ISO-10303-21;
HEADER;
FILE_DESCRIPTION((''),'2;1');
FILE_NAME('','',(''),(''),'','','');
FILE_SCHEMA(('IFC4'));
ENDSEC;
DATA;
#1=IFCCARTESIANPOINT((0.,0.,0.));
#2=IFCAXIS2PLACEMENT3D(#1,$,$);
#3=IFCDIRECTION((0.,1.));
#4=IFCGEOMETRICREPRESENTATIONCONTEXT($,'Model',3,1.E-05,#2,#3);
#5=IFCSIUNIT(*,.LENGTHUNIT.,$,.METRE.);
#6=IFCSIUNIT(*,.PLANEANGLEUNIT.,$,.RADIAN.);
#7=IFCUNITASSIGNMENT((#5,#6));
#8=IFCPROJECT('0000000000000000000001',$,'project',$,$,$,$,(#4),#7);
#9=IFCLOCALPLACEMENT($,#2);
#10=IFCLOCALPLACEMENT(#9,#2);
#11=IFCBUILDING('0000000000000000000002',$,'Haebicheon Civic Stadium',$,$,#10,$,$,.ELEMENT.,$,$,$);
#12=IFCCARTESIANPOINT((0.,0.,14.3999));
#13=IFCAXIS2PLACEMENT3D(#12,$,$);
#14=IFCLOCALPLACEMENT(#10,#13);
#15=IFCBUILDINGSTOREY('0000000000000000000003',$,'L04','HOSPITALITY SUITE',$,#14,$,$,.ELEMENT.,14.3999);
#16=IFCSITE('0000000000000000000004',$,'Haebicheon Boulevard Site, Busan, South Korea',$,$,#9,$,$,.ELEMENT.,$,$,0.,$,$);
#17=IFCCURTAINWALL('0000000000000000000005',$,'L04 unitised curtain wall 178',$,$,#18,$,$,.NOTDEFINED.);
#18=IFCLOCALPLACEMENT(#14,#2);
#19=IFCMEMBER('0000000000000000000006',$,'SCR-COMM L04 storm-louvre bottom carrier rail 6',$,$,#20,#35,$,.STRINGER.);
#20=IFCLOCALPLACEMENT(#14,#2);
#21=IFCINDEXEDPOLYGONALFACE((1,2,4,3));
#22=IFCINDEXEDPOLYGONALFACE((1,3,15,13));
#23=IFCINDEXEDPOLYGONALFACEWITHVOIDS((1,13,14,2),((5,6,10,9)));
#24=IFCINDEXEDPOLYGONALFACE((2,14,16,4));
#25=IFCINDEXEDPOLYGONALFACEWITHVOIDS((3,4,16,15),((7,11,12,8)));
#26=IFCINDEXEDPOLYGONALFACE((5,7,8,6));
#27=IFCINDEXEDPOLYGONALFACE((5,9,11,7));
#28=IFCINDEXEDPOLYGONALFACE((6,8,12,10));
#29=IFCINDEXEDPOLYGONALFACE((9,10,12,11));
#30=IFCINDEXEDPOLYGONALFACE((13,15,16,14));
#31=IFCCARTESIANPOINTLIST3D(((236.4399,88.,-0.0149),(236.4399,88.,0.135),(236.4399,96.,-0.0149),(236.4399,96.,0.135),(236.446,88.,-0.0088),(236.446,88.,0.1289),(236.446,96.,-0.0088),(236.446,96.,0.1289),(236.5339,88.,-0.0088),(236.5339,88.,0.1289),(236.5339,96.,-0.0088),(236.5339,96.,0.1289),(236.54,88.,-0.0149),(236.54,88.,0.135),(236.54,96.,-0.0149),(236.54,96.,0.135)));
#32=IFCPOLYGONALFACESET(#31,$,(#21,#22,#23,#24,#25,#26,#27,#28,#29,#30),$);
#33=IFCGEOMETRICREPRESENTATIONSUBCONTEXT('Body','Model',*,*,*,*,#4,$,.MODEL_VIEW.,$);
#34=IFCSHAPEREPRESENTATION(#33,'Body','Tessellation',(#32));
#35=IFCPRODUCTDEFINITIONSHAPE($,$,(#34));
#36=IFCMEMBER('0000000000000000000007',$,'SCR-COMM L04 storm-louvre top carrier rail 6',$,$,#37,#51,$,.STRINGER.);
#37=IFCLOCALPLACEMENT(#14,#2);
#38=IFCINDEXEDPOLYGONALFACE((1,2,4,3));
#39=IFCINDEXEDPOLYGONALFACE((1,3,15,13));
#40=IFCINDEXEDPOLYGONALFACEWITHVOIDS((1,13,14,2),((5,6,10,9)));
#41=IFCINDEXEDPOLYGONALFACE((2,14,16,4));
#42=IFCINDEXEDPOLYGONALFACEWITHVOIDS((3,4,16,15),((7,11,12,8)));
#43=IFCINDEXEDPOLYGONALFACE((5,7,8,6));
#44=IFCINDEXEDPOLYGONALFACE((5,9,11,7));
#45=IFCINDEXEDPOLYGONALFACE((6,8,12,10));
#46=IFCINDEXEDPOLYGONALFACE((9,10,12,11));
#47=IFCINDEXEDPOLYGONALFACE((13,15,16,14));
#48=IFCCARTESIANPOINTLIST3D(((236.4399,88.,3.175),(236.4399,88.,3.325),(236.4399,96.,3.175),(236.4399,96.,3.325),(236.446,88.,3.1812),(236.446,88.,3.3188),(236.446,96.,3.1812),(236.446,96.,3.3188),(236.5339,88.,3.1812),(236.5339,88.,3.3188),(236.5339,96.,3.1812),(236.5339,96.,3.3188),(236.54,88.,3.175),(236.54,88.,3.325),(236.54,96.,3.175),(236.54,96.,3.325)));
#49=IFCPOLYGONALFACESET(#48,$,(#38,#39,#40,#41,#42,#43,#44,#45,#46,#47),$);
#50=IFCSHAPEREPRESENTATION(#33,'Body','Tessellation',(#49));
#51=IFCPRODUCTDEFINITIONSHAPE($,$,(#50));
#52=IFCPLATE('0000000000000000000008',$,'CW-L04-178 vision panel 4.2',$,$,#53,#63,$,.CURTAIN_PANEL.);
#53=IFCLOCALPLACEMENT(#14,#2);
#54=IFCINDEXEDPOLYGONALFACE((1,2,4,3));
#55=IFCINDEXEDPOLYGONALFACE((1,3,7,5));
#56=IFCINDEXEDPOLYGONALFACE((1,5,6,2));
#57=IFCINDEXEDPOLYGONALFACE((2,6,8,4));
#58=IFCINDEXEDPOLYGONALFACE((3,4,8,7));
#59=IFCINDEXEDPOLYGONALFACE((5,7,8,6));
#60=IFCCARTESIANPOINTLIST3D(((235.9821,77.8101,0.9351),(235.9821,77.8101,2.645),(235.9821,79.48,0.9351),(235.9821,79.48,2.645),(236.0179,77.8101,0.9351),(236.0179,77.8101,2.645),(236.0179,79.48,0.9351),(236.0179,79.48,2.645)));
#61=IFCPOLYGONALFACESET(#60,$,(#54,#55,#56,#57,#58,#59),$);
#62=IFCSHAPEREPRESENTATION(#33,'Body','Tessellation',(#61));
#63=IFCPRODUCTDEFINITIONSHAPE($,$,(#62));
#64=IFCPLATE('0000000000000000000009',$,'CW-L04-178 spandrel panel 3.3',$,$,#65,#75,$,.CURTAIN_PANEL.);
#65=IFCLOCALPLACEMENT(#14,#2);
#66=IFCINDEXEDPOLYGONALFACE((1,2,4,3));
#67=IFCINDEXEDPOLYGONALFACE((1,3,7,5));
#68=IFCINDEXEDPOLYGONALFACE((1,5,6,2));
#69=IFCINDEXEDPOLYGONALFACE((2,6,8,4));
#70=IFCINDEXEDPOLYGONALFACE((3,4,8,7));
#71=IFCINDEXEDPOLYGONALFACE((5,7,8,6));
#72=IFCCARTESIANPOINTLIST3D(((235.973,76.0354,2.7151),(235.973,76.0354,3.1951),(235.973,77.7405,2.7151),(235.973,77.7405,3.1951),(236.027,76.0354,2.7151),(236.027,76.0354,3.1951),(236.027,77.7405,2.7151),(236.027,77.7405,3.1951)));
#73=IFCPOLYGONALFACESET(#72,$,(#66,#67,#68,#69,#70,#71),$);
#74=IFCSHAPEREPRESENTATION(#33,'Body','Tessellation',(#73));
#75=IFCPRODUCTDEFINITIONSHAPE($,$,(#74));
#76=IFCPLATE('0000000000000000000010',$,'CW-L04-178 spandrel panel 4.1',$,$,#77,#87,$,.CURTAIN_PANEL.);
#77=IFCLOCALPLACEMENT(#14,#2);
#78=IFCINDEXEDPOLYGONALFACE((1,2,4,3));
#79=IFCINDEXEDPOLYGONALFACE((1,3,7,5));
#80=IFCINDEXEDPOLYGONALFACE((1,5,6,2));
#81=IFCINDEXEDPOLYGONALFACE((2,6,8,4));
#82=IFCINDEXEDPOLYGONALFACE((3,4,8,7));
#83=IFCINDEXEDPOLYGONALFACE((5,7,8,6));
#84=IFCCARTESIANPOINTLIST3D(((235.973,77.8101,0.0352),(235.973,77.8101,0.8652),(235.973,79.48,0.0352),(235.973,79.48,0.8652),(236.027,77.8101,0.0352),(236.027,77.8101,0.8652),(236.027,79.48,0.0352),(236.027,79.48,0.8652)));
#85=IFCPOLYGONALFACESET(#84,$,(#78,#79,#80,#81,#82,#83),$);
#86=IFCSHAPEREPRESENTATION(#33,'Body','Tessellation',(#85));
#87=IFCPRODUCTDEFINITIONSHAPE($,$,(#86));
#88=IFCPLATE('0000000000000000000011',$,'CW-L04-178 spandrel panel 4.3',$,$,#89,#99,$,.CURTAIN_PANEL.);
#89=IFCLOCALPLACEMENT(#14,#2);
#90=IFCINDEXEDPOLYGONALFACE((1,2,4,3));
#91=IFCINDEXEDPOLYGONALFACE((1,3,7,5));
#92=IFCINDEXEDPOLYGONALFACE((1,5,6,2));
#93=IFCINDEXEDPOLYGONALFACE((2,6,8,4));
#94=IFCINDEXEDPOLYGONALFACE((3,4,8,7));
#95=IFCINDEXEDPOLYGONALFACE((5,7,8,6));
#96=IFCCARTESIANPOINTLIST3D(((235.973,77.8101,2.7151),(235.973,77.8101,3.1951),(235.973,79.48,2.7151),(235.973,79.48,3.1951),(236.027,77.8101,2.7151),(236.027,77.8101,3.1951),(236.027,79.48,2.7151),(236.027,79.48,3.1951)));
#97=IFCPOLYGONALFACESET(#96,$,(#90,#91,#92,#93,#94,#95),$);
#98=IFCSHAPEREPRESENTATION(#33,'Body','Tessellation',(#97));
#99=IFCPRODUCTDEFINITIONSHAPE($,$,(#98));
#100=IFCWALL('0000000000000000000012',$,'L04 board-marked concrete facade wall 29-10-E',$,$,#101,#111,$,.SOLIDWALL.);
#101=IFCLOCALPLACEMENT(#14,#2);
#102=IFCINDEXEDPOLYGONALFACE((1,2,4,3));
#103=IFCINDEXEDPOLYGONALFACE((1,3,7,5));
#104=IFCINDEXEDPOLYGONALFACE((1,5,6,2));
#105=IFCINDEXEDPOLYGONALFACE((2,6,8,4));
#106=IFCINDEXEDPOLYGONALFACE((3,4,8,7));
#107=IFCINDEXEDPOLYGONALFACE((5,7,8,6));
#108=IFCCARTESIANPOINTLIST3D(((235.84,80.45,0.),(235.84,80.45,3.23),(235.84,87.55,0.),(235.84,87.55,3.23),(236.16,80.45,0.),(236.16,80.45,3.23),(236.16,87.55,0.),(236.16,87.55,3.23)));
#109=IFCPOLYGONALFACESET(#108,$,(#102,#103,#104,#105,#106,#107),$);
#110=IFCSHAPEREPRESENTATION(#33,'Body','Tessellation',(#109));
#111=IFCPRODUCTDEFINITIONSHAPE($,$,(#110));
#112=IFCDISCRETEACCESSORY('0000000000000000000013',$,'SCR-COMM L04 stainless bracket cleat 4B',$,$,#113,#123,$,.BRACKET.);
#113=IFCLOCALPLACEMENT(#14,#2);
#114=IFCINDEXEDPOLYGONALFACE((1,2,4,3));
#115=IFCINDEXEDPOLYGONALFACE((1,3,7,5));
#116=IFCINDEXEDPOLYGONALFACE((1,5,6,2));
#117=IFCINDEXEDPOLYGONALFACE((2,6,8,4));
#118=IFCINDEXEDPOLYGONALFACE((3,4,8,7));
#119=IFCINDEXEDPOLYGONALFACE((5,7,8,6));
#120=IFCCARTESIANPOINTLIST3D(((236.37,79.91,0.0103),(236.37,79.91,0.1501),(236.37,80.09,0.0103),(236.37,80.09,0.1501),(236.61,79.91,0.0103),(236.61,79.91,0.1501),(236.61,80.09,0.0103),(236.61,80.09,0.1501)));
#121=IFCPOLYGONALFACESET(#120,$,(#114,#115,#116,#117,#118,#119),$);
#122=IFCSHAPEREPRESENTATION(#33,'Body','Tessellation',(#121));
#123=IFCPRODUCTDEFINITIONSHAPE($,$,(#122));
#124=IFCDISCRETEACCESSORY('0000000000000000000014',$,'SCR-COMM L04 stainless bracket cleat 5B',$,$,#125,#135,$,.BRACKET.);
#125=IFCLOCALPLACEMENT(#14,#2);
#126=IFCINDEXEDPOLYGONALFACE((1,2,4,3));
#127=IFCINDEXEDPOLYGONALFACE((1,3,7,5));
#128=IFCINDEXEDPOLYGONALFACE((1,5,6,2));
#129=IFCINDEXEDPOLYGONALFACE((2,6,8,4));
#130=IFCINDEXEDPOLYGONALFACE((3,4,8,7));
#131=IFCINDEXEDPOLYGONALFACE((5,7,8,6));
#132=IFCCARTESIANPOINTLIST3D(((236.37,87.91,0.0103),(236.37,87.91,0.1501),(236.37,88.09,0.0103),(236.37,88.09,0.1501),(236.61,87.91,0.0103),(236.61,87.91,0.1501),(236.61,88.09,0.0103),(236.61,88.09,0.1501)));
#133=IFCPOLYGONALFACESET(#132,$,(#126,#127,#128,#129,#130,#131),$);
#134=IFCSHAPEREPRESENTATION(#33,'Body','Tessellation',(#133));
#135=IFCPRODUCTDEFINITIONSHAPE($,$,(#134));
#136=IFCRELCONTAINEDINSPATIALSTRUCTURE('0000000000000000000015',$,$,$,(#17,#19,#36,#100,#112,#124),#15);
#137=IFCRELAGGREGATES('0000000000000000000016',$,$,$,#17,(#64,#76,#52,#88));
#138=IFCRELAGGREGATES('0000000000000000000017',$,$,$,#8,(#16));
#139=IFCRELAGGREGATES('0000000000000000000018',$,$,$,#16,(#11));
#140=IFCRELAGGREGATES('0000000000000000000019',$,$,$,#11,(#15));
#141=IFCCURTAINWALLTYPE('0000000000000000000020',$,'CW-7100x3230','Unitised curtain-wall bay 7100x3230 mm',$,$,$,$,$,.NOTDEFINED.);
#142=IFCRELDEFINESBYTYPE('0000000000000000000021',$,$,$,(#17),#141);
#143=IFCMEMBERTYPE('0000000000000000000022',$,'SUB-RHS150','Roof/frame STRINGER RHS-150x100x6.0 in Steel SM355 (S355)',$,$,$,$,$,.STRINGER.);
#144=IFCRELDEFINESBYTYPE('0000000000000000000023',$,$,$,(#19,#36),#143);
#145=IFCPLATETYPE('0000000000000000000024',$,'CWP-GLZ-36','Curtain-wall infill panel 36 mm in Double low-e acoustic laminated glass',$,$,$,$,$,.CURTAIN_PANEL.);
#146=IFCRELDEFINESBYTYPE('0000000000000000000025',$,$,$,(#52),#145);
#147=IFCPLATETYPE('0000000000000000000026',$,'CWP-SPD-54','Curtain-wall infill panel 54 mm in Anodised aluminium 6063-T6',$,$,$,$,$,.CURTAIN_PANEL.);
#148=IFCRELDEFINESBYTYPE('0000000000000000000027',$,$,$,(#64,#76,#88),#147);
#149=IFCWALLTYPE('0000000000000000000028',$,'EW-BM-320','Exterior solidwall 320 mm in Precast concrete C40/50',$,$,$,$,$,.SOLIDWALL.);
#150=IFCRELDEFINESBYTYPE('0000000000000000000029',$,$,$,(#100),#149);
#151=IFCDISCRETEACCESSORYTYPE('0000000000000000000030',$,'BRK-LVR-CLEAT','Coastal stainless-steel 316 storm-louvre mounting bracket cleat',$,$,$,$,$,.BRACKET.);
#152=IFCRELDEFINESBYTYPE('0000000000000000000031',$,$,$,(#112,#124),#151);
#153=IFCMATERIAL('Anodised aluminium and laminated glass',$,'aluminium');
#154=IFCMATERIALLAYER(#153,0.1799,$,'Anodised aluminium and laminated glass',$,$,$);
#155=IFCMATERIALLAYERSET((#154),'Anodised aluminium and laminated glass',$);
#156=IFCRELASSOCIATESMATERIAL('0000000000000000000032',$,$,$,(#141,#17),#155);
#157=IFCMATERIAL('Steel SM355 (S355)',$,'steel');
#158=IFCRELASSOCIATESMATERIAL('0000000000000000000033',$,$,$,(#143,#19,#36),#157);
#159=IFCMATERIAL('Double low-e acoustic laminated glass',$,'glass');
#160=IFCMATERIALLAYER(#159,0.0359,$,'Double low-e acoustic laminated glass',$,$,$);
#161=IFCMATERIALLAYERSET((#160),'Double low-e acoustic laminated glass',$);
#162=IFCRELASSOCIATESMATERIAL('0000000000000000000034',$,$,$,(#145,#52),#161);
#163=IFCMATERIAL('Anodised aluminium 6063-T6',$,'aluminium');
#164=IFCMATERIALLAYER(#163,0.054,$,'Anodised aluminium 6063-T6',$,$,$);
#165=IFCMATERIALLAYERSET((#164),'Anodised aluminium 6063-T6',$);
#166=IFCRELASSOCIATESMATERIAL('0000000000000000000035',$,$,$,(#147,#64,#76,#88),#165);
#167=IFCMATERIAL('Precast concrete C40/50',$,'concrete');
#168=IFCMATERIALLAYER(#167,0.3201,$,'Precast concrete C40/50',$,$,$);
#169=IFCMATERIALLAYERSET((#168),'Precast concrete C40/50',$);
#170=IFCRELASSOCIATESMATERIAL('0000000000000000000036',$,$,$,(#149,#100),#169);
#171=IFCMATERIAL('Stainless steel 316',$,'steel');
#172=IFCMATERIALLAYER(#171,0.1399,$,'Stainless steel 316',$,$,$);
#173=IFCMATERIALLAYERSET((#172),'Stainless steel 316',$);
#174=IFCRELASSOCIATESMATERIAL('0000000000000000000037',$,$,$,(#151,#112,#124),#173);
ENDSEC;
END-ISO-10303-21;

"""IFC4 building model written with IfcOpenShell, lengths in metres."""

from ifc_helpers import new_model, si_unit, direction, frame, frame_2d, origin, origin_2d, place, context, subcontext, project, spatial, rectangle, hollow_rectangle, extrude, material, layer, layer_set, material_profile, profile_set, type_object, element, aggregate, save


model = new_model("IFC4")

# Units and contexts
model_context = context("Model", 3, precision=1e-05, world=origin(), true_north=direction((0.0, 1.0)))
body_context = subcontext(model_context, "Body", "Model", "MODEL_VIEW")
ifc_project = project(units=[si_unit("LENGTHUNIT", "METRE"), si_unit("PLANEANGLEUNIT", "RADIAN")], contexts=[model_context])

# Site, building, storey
site_placement = place(None, origin())
site = spatial("IfcSite", under=ifc_project, at=site_placement, Name="Haebicheon Boulevard Site, Busan, South Korea", CompositionType="ELEMENT", RefElevation=0.0)
building_placement = place(site_placement, origin())
building = spatial("IfcBuilding", under=site, at=building_placement, Name="Haebicheon Civic Stadium", CompositionType="ELEMENT")
storey_placement = place(building_placement, frame((0.0, 0.0, 14.3999)))
storey = spatial("IfcBuildingStorey", under=building, at=storey_placement, Name="L04", Description="HOSPITALITY SUITE", CompositionType="ELEMENT", Elevation=14.3999)

# Curtain wall
ifc_material_1 = material(Name="Anodised aluminium and laminated glass", Category="aluminium")
ifc_layer_1 = layer(ifc_material_1, 0.1799, Name="Anodised aluminium and laminated glass")
ifc_layer_set_1 = layer_set([ifc_layer_1], Name="Anodised aluminium and laminated glass")
curtain_wall_type = type_object("IfcCurtainWallType", Name="CW-7100x3230", Description="Unitised curtain-wall bay 7100x3230 mm", PredefinedType="NOTDEFINED", material=ifc_layer_set_1)
curtain_wall_placement = place(storey_placement, origin())
curtain_wall = element("IfcCurtainWall", 1, at=curtain_wall_placement, inside=storey, type_object=curtain_wall_type, material=ifc_layer_set_1, Name="L04 unitised curtain wall 178", PredefinedType="NOTDEFINED")

# Members
ifc_material_2 = material(Name="Steel SM355 (S355)", Category="steel")
ifc_material_profile_1 = material_profile(ifc_material_2, hollow_rectangle(XDim=0.1001, YDim=0.1499, WallThickness=0.0061, at=origin_2d()), Name="RHS-150x100x6.0")
ifc_profile_set_1 = profile_set([ifc_material_profile_1], Name="Steel SM355 (S355)")
member_type_1 = type_object("IfcMemberType", Name="SUB-RHS150", Description="Roof/frame STRINGER RHS-150x100x6.0 in Steel SM355 (S355)", PredefinedType="STRINGER", material=ifc_profile_set_1)
for number, where, z_axis, x_axis, name in (
    (2, (236.49, 88.0, 0.0601), (0.0, 1.0, 0.0), (-1.0, 0.0, 0.0), "SCR-COMM L04 storm-louvre bottom carrier rail 6"),
    (3, (236.49, 88.0, 3.25), (0.0, 1.0, 0.0), (-1.0, 0.0, 0.0), "SCR-COMM L04 storm-louvre top carrier rail 6"),
):
    element("IfcMember", number, at=place(storey_placement, frame(where, z_axis=z_axis, x_axis=x_axis)), inside=storey, type_object=member_type_1, material=ifc_profile_set_1, Name=name, PredefinedType="STRINGER", context=body_context, shape_type="SweptSolid", body=[
        extrude(hollow_rectangle(XDim=0.1001, YDim=0.1499, WallThickness=0.0061, at=origin_2d()), origin(), (0.0, 0.0, 1.0), 8.0),
    ])

# Plates
ifc_material_3 = material(Name="Double low-e acoustic laminated glass", Category="glass")
ifc_layer_2 = layer(ifc_material_3, 0.0359, Name="Double low-e acoustic laminated glass")
ifc_layer_set_2 = layer_set([ifc_layer_2], Name="Double low-e acoustic laminated glass")
plate_type_1 = type_object("IfcPlateType", Name="CWP-GLZ-36", Description="Curtain-wall infill panel 36 mm in Double low-e acoustic laminated glass", PredefinedType="CURTAIN_PANEL", material=ifc_layer_set_2)
plate_1_placement = place(storey_placement, frame((236.0, 78.645, 0.9351), z_axis=(0.0, 0.0, 1.0), x_axis=(0.0, 1.0, 0.0)))
plate_1 = element("IfcPlate", 4, at=plate_1_placement, type_object=plate_type_1, material=ifc_layer_set_2, Name="CW-L04-178 vision panel 4.2", PredefinedType="CURTAIN_PANEL", context=body_context, shape_type="SweptSolid", body=[
    extrude(rectangle(XDim=1.6699, YDim=0.0359, at=origin_2d()), origin(), (0.0, 0.0, 1.0), 1.71),
])
ifc_material_4 = material(Name="Anodised aluminium 6063-T6", Category="aluminium")
ifc_layer_3 = layer(ifc_material_4, 0.054, Name="Anodised aluminium 6063-T6")
ifc_layer_set_3 = layer_set([ifc_layer_3], Name="Anodised aluminium 6063-T6")
plate_type_2 = type_object("IfcPlateType", Name="CWP-SPD-54", Description="Curtain-wall infill panel 54 mm in Anodised aluminium 6063-T6", PredefinedType="CURTAIN_PANEL", material=ifc_layer_set_3)
plate_2_placement = place(storey_placement, frame((236.0, 76.8879, 2.7151), z_axis=(0.0, 0.0, 1.0), x_axis=(0.0, 1.0, 0.0)))
plate_2 = element("IfcPlate", 5, at=plate_2_placement, type_object=plate_type_2, material=ifc_layer_set_3, Name="CW-L04-178 spandrel panel 3.3", PredefinedType="CURTAIN_PANEL", context=body_context, shape_type="SweptSolid", body=[
    extrude(rectangle(XDim=1.7051, YDim=0.054, at=origin_2d()), origin(), (0.0, 0.0, 1.0), 0.48),
])
plate_3_placement = place(storey_placement, frame((236.0, 78.645, 0.0352), z_axis=(0.0, 0.0, 1.0), x_axis=(0.0, 1.0, 0.0)))
plate_3 = element("IfcPlate", 6, at=plate_3_placement, type_object=plate_type_2, material=ifc_layer_set_3, Name="CW-L04-178 spandrel panel 4.1", PredefinedType="CURTAIN_PANEL", context=body_context, shape_type="SweptSolid", body=[
    extrude(rectangle(XDim=1.6699, YDim=0.054, at=origin_2d()), origin(), (0.0, 0.0, 1.0), 0.8301),
])
plate_4_placement = place(storey_placement, frame((236.0, 78.645, 2.7151), z_axis=(0.0, 0.0, 1.0), x_axis=(0.0, 1.0, 0.0)))
plate_4 = element("IfcPlate", 7, at=plate_4_placement, type_object=plate_type_2, material=ifc_layer_set_3, Name="CW-L04-178 spandrel panel 4.3", PredefinedType="CURTAIN_PANEL", context=body_context, shape_type="SweptSolid", body=[
    extrude(rectangle(XDim=1.6699, YDim=0.054, at=origin_2d()), origin(), (0.0, 0.0, 1.0), 0.48),
])
aggregate(curtain_wall, [plate_2, plate_3, plate_1, plate_4])

# Wall
ifc_material_5 = material(Name="Precast concrete C40/50", Category="concrete")
ifc_layer_4 = layer(ifc_material_5, 0.3201, Name="Precast concrete C40/50")
ifc_layer_set_4 = layer_set([ifc_layer_4], Name="Precast concrete C40/50")
wall_type = type_object("IfcWallType", Name="EW-BM-320", Description="Exterior solidwall 320 mm in Precast concrete C40/50", PredefinedType="SOLIDWALL", material=ifc_layer_set_4)
wall_placement = place(storey_placement, frame((236.0, 80.45, 0.0), z_axis=(0.0, 0.0, 1.0), x_axis=(0.0, 1.0, 0.0)))
element("IfcWall", 8, at=wall_placement, inside=storey, type_object=wall_type, material=ifc_layer_set_4, Name="L04 board-marked concrete facade wall 29-10-E", PredefinedType="SOLIDWALL", context=body_context, shape_type="SweptSolid", body=[
    extrude(rectangle(XDim=7.1001, YDim=0.3201, at=frame_2d((3.55, 0.0))), origin(), (0.0, 0.0, 1.0), 3.23),
])

# Discrete accessories
ifc_material_6 = material(Name="Stainless steel 316", Category="steel")
ifc_layer_5 = layer(ifc_material_6, 0.1399, Name="Stainless steel 316")
ifc_layer_set_5 = layer_set([ifc_layer_5], Name="Stainless steel 316")
discrete_accessory_type = type_object("IfcDiscreteAccessoryType", Name="BRK-LVR-CLEAT", Description="Coastal stainless-steel 316 storm-louvre mounting bracket cleat", PredefinedType="BRACKET", material=ifc_layer_set_5)
for number, where, z_axis, x_axis, name in (
    (9, (236.49, 80.0, 0.0103), (0.0, 0.0, 1.0), (1.0, 0.0, 0.0), "SCR-COMM L04 stainless bracket cleat 4B"),
    (10, (236.49, 88.0, 0.0103), (0.0, 0.0, 1.0), (1.0, 0.0, 0.0), "SCR-COMM L04 stainless bracket cleat 5B"),
):
    element("IfcDiscreteAccessory", number, at=place(storey_placement, frame(where, z_axis=z_axis, x_axis=x_axis)), inside=storey, type_object=discrete_accessory_type, material=ifc_layer_set_5, Name=name, PredefinedType="BRACKET", context=body_context, shape_type="SweptSolid", body=[
        extrude(rectangle(XDim=0.24, YDim=0.1799, at=origin_2d()), origin(), (0.0, 0.0, 1.0), 0.1399),
    ])

save(model, "model.ifc")
